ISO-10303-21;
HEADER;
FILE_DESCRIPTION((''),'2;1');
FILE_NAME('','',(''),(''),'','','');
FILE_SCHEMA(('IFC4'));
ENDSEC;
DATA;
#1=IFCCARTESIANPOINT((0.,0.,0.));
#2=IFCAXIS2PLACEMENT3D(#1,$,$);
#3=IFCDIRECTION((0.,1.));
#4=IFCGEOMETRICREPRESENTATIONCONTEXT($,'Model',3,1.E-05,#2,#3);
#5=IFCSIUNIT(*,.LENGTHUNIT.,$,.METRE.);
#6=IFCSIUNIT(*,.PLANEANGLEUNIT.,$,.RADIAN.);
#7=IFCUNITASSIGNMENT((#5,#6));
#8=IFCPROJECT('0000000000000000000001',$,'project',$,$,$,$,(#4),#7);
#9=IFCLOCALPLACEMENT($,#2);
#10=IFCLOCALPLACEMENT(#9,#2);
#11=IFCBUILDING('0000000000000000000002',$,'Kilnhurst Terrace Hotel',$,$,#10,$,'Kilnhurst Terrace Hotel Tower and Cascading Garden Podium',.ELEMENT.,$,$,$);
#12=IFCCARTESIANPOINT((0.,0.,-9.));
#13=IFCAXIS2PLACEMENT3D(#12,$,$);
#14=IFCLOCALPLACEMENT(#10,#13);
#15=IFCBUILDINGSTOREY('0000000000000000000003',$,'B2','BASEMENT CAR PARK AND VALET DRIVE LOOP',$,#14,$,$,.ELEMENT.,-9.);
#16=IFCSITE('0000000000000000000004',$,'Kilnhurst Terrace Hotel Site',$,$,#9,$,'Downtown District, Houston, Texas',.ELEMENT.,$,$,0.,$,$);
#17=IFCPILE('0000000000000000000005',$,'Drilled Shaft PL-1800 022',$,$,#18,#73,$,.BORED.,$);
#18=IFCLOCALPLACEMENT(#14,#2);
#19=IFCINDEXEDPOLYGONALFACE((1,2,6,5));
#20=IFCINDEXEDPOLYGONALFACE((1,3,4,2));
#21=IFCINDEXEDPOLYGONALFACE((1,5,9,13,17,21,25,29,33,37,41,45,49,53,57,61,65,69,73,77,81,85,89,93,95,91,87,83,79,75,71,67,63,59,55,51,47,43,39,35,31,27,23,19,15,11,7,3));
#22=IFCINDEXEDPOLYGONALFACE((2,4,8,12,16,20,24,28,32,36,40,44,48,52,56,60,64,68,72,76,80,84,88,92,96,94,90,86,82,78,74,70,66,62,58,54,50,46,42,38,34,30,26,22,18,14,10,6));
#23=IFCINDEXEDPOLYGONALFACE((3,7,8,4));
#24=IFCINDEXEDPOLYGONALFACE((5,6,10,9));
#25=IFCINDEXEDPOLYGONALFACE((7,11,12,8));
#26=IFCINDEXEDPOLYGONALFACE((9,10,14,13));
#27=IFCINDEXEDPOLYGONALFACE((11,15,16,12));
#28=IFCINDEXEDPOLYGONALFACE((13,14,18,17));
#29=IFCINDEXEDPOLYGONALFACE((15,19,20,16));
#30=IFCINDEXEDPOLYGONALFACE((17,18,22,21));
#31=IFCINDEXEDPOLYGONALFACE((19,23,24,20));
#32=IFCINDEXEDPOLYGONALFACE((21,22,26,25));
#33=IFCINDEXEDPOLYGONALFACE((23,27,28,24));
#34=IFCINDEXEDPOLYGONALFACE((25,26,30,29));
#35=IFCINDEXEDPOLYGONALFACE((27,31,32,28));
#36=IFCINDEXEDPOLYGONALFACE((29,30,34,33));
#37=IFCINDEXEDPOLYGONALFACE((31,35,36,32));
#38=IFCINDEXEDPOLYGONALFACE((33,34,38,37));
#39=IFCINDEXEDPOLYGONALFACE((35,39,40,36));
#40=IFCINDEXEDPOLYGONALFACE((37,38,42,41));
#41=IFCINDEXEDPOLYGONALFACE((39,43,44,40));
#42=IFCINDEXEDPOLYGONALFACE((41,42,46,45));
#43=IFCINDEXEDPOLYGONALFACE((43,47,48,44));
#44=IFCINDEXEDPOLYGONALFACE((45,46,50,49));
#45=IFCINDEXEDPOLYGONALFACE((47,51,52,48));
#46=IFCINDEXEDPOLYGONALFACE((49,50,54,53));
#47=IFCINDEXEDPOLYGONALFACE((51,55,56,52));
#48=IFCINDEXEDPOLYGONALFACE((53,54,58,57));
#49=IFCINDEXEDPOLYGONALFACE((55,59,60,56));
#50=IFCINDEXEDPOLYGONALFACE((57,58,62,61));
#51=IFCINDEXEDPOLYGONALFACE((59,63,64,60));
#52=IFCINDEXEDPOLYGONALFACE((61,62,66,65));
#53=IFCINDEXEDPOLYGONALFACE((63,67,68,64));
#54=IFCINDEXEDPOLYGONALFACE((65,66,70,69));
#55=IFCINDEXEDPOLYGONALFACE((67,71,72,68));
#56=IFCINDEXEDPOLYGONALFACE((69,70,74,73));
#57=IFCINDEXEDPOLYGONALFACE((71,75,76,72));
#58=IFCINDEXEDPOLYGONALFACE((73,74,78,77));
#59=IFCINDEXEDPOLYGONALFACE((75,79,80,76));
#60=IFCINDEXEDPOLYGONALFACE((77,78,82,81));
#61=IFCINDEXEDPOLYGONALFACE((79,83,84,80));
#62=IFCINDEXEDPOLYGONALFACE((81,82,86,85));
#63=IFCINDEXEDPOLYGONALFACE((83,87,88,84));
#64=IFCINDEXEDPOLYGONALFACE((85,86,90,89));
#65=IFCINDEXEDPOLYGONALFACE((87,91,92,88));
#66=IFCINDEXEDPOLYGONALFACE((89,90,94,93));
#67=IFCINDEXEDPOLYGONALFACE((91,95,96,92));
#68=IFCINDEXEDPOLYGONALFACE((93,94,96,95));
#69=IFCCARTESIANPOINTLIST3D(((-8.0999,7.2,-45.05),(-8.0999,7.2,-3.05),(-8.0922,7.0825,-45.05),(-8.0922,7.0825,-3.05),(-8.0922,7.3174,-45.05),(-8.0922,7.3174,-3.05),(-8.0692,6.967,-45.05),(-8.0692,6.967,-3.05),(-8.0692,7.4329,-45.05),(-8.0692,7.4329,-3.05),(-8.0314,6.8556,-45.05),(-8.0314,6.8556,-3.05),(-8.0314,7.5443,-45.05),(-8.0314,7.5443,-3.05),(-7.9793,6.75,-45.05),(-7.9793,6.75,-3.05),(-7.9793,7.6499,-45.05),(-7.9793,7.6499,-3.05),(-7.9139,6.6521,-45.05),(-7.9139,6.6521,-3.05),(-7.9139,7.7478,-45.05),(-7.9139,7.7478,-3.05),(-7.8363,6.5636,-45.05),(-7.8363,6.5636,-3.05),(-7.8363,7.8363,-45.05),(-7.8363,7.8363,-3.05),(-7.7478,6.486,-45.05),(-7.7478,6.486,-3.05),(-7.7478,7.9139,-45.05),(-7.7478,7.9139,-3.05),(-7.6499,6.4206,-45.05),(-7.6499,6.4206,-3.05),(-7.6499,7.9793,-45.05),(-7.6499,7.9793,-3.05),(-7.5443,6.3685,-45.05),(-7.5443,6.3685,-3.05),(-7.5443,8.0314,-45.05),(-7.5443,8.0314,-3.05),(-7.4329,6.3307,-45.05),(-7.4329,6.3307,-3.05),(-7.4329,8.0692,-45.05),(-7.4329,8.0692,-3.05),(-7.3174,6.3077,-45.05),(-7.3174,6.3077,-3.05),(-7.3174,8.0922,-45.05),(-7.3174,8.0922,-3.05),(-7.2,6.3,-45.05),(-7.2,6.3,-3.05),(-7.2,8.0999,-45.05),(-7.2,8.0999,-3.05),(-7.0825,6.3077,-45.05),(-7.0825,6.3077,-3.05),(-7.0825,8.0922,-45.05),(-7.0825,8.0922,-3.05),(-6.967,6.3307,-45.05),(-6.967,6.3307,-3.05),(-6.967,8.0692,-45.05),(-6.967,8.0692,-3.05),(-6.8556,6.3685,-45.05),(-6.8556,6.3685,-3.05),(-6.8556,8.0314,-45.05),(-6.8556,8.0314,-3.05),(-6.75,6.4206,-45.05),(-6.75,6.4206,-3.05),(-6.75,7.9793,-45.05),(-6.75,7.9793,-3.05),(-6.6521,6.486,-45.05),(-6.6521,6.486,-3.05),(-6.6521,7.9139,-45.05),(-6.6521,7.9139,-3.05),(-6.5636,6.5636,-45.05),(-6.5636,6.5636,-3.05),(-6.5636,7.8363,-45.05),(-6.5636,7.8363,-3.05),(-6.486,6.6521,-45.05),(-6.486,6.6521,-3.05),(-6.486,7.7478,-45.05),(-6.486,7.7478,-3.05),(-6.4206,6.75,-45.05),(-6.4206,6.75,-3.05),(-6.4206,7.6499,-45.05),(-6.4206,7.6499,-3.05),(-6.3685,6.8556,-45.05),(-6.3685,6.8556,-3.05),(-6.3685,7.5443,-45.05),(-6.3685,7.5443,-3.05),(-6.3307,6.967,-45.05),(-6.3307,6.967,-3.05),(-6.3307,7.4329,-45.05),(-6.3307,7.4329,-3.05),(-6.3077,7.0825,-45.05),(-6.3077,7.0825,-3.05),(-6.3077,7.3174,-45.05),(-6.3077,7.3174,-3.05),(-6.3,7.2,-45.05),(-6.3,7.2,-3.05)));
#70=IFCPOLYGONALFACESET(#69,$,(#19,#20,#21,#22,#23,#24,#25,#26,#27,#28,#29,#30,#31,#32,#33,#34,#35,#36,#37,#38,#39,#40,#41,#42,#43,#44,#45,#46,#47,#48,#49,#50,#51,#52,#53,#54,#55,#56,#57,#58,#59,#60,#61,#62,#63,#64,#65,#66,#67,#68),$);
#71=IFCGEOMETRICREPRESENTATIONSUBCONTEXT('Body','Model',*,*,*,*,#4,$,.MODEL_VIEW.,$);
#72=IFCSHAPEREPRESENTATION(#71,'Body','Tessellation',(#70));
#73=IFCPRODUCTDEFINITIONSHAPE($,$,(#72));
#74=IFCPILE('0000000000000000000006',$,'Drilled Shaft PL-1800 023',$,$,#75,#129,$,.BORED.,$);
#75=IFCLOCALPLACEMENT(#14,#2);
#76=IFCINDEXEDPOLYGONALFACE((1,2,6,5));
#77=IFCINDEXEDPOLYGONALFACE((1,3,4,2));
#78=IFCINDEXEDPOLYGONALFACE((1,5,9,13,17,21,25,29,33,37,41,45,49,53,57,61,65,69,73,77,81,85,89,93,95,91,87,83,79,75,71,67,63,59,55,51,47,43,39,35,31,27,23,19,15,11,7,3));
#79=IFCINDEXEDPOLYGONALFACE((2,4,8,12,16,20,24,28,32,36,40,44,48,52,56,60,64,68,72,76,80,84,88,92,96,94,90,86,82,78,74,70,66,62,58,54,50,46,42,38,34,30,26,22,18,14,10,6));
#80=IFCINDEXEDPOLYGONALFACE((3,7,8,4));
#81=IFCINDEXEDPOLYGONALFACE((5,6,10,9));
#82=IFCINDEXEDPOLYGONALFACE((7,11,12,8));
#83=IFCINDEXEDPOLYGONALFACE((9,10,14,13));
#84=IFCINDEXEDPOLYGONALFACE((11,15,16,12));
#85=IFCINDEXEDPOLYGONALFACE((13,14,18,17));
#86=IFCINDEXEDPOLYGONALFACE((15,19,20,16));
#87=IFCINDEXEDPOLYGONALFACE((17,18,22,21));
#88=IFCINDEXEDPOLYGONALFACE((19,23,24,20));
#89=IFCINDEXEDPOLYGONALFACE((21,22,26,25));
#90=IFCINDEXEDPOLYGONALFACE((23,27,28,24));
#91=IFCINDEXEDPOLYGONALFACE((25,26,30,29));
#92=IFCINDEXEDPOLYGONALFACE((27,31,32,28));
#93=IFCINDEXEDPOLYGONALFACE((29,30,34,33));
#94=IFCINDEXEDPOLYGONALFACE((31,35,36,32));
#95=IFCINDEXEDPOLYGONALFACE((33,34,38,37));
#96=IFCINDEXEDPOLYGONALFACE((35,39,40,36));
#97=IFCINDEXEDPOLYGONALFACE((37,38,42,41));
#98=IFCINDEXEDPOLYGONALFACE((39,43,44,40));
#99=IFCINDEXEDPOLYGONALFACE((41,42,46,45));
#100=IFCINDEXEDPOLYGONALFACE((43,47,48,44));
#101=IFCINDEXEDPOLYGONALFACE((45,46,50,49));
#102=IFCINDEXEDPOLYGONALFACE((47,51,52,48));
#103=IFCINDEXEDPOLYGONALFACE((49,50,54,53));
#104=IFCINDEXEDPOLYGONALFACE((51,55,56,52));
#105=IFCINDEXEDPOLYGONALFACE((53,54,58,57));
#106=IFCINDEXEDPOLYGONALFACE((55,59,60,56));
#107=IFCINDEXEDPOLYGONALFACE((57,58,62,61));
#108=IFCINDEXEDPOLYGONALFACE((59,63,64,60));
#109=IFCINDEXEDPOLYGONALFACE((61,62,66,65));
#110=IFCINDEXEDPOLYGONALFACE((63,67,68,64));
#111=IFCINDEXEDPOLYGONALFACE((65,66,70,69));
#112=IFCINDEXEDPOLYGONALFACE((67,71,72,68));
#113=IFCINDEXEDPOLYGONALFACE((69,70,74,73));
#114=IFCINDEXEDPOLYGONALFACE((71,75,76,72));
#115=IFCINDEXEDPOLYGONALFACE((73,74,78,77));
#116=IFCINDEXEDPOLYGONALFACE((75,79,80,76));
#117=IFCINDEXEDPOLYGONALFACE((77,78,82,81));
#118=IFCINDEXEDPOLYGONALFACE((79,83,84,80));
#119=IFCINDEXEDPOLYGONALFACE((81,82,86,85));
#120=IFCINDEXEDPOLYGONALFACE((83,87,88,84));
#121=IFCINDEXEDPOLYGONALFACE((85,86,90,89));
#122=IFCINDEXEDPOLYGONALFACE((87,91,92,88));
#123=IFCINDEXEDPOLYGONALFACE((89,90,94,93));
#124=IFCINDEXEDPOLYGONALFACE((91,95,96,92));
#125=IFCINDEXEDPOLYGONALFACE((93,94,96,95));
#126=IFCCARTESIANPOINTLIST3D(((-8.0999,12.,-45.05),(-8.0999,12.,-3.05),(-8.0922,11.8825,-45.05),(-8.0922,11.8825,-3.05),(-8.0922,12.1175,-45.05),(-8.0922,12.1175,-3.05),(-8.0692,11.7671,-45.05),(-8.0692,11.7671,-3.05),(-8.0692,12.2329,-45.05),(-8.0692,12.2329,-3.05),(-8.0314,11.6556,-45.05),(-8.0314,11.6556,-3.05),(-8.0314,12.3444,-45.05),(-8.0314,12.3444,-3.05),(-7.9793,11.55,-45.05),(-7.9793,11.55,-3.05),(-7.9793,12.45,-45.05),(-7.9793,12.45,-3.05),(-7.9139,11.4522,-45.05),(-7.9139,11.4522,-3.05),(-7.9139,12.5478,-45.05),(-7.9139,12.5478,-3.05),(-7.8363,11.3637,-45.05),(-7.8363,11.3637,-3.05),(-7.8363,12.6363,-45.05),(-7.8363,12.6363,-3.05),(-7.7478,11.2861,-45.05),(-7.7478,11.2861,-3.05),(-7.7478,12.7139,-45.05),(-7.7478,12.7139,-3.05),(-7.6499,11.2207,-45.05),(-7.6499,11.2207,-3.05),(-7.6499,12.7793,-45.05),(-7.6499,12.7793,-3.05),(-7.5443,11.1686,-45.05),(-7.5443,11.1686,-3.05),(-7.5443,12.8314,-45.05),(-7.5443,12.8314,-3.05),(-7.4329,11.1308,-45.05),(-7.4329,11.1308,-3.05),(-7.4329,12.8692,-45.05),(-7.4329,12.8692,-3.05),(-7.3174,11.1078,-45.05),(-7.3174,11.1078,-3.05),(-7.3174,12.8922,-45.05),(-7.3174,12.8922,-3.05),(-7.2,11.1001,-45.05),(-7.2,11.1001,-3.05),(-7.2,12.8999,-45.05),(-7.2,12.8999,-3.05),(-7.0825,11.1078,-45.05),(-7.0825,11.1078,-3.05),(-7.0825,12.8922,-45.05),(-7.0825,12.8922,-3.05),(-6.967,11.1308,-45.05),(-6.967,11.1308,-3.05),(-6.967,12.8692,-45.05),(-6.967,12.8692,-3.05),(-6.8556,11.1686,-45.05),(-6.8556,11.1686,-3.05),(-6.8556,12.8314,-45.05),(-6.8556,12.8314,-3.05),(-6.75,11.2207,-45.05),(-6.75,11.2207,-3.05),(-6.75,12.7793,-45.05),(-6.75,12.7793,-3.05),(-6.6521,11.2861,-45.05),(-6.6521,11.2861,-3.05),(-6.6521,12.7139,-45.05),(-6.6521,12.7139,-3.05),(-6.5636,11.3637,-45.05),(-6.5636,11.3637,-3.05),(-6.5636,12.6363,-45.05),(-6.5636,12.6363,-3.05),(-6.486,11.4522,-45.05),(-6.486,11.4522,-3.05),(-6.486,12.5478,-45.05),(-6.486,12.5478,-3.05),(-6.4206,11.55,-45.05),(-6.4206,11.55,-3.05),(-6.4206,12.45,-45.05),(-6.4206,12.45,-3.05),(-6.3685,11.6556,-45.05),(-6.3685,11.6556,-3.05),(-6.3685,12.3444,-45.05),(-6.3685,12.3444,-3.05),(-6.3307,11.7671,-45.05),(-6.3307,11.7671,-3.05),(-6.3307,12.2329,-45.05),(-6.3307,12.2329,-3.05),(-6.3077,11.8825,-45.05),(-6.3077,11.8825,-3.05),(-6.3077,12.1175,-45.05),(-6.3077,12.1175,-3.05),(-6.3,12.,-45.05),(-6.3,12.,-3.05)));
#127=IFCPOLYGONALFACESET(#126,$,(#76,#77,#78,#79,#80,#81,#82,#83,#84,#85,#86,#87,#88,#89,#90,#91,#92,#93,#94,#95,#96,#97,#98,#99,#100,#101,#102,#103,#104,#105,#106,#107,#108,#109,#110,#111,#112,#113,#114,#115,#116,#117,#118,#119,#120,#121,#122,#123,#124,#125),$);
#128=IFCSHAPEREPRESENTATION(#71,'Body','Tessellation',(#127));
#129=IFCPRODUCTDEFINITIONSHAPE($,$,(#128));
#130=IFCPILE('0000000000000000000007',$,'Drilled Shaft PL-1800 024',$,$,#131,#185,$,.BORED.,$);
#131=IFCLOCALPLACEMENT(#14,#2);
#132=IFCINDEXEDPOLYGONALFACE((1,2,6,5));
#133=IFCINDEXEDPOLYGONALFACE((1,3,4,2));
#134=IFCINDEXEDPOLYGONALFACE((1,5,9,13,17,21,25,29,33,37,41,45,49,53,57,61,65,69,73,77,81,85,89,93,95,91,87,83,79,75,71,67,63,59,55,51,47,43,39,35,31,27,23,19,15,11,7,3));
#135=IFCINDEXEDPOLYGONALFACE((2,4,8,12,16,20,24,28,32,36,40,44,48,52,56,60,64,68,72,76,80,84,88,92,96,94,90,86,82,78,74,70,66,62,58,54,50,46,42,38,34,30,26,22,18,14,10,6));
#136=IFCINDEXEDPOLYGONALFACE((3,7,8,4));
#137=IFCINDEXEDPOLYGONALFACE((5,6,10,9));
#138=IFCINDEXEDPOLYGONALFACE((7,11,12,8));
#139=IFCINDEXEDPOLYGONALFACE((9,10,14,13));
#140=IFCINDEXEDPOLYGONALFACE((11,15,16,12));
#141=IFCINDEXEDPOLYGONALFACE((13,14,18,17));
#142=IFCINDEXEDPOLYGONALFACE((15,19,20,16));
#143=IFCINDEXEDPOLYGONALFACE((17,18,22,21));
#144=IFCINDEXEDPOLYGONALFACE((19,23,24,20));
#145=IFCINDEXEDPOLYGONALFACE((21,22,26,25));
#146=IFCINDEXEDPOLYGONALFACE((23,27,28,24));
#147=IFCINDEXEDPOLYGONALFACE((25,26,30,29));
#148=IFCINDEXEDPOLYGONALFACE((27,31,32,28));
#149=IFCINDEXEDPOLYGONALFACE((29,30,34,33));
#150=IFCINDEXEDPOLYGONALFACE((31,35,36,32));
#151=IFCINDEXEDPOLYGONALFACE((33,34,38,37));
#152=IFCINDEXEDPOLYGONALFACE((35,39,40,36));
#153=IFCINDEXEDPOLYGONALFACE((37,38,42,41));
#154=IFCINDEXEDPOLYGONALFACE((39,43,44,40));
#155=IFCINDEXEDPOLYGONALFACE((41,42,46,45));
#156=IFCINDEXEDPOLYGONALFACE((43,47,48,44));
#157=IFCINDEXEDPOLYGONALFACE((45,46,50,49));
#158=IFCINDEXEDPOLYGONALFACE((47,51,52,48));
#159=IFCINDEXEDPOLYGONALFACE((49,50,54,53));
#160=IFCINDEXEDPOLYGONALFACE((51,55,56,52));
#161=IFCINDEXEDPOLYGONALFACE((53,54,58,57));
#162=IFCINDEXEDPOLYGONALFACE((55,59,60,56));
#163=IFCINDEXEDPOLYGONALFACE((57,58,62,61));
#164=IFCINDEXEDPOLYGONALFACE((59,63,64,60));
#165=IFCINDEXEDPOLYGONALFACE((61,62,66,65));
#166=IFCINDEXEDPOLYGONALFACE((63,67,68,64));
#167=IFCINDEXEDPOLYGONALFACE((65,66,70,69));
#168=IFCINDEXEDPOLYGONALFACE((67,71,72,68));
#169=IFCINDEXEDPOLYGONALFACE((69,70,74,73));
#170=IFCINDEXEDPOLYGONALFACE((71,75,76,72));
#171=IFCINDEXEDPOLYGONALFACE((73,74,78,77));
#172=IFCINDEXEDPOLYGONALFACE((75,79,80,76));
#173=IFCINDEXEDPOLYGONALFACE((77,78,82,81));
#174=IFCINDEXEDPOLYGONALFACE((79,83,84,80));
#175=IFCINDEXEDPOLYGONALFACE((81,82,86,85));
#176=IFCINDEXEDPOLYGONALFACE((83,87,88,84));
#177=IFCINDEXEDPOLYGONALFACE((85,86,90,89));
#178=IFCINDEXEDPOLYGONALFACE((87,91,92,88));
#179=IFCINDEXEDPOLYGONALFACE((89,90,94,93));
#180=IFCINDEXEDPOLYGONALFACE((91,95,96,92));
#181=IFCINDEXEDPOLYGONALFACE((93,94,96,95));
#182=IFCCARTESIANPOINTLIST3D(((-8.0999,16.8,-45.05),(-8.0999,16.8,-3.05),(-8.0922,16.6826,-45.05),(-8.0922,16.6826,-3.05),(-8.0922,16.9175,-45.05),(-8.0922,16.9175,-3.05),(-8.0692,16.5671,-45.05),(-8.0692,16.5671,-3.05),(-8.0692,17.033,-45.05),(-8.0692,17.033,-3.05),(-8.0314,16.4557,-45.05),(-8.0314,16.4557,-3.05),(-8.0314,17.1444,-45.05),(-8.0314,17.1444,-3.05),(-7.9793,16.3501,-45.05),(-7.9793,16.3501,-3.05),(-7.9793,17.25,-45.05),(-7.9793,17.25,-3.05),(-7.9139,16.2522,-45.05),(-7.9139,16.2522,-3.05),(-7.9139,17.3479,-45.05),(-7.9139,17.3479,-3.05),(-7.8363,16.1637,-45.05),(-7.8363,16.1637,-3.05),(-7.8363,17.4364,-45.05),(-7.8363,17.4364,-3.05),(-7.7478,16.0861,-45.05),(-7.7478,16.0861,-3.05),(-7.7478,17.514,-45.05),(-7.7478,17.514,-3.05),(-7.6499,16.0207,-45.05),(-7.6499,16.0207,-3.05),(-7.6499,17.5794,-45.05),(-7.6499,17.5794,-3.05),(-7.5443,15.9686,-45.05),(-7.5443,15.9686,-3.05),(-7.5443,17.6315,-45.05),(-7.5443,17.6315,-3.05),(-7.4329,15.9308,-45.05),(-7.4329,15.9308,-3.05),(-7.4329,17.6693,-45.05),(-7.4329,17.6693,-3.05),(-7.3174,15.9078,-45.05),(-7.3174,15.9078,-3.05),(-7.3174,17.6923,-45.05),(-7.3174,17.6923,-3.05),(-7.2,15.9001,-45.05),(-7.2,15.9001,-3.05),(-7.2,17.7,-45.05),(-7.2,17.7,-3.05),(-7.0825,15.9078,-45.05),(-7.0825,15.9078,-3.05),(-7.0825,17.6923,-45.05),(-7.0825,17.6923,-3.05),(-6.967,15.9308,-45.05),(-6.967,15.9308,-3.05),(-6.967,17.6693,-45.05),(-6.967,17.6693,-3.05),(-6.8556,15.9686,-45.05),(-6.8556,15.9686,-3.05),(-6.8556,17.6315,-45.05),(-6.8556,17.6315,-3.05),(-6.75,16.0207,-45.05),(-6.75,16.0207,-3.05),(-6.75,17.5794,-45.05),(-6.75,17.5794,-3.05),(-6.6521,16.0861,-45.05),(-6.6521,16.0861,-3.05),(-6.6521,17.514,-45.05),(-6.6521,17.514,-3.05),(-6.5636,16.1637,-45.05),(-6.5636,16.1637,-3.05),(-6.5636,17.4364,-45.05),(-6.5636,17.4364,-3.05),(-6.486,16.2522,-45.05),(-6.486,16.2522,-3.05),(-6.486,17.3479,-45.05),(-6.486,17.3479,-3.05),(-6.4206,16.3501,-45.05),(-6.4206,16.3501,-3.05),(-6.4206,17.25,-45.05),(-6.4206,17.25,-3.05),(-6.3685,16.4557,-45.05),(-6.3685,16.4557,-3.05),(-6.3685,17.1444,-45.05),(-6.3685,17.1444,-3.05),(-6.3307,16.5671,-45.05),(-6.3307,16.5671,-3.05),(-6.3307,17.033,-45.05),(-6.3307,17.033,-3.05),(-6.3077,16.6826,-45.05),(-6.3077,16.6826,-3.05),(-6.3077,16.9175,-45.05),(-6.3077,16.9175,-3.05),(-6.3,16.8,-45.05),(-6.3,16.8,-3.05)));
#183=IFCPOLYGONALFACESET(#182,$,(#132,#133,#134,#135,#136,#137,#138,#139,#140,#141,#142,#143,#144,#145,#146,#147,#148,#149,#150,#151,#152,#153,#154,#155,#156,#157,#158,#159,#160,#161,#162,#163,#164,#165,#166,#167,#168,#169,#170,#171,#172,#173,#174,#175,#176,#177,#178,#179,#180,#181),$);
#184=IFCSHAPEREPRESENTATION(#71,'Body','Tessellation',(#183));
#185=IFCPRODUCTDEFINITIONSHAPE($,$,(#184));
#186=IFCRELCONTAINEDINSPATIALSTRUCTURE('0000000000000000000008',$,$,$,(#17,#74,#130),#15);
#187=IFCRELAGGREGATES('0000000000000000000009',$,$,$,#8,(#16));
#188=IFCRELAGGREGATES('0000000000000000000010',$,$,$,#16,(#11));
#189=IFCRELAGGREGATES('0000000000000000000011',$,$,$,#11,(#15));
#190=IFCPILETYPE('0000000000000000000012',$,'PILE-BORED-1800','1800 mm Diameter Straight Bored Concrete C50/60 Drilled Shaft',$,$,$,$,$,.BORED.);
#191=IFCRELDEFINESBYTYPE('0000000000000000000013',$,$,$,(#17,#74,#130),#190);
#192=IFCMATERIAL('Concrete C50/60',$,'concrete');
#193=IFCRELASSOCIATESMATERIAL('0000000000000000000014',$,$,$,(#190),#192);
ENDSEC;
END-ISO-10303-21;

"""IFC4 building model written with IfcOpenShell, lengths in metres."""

from ifc_helpers import new_model, si_unit, direction, frame, origin, origin_2d, place, context, subcontext, project, spatial, circle, extrude, material, material_profile, profile_set, type_object, element, save


model = new_model("IFC4")

# Units and contexts
model_context = context("Model", 3, precision=1e-05, world=origin(), true_north=direction((0.0, 1.0)))
body_context = subcontext(model_context, "Body", "Model", "MODEL_VIEW")
ifc_project = project(units=[si_unit("LENGTHUNIT", "METRE"), si_unit("PLANEANGLEUNIT", "RADIAN")], contexts=[model_context])

# Site, building, storey
site_placement = place(None, origin())
site = spatial("IfcSite", under=ifc_project, at=site_placement, Name="Kilnhurst Terrace Hotel Site", LongName="Downtown District, Houston, Texas", CompositionType="ELEMENT", RefElevation=0.0)
building_placement = place(site_placement, origin())
building = spatial("IfcBuilding", under=site, at=building_placement, Name="Kilnhurst Terrace Hotel", LongName="Kilnhurst Terrace Hotel Tower and Cascading Garden Podium", CompositionType="ELEMENT")
storey_placement = place(building_placement, frame((0.0, 0.0, -9.0)))
storey = spatial("IfcBuildingStorey", under=building, at=storey_placement, Name="B2", Description="BASEMENT CAR PARK AND VALET DRIVE LOOP", CompositionType="ELEMENT", Elevation=-9.0)

# Piles
ifc_material_1 = material(Name="Concrete C50/60", Category="concrete")
ifc_material_profile_1 = material_profile(ifc_material_1, circle(Radius=0.8999, at=origin_2d()), Name="PILE1800")
ifc_profile_set_1 = profile_set([ifc_material_profile_1], Name="Concrete C50/60")
pile_type_1 = type_object("IfcPileType", Name="PILE-BORED-1800", Description="1800 mm Diameter Straight Bored Concrete C50/60 Drilled Shaft", PredefinedType="BORED", material=ifc_profile_set_1)
for number, where, z_axis, x_axis, name in (
    (1, (-7.2, 7.2, -3.05), (0.0, 0.0, -1.0), (1.0, 0.0, 0.0), "Drilled Shaft PL-1800 022"),
    (2, (-7.2, 12.0, -3.05), (0.0, 0.0, -1.0), (1.0, 0.0, 0.0), "Drilled Shaft PL-1800 023"),
    (3, (-7.2, 16.8, -3.05), (0.0, 0.0, -1.0), (1.0, 0.0, 0.0), "Drilled Shaft PL-1800 024"),
):
    element("IfcPile", number, at=place(storey_placement, frame(where, z_axis=z_axis, x_axis=x_axis)), inside=storey, type_object=pile_type_1, Name=name, PredefinedType="BORED", context=body_context, shape_type="SweptSolid", body=[
        extrude(circle(Radius=0.8999, at=origin_2d()), origin(), (0.0, 0.0, 1.0), 42.0),
    ])

save(model, "model.ifc")
